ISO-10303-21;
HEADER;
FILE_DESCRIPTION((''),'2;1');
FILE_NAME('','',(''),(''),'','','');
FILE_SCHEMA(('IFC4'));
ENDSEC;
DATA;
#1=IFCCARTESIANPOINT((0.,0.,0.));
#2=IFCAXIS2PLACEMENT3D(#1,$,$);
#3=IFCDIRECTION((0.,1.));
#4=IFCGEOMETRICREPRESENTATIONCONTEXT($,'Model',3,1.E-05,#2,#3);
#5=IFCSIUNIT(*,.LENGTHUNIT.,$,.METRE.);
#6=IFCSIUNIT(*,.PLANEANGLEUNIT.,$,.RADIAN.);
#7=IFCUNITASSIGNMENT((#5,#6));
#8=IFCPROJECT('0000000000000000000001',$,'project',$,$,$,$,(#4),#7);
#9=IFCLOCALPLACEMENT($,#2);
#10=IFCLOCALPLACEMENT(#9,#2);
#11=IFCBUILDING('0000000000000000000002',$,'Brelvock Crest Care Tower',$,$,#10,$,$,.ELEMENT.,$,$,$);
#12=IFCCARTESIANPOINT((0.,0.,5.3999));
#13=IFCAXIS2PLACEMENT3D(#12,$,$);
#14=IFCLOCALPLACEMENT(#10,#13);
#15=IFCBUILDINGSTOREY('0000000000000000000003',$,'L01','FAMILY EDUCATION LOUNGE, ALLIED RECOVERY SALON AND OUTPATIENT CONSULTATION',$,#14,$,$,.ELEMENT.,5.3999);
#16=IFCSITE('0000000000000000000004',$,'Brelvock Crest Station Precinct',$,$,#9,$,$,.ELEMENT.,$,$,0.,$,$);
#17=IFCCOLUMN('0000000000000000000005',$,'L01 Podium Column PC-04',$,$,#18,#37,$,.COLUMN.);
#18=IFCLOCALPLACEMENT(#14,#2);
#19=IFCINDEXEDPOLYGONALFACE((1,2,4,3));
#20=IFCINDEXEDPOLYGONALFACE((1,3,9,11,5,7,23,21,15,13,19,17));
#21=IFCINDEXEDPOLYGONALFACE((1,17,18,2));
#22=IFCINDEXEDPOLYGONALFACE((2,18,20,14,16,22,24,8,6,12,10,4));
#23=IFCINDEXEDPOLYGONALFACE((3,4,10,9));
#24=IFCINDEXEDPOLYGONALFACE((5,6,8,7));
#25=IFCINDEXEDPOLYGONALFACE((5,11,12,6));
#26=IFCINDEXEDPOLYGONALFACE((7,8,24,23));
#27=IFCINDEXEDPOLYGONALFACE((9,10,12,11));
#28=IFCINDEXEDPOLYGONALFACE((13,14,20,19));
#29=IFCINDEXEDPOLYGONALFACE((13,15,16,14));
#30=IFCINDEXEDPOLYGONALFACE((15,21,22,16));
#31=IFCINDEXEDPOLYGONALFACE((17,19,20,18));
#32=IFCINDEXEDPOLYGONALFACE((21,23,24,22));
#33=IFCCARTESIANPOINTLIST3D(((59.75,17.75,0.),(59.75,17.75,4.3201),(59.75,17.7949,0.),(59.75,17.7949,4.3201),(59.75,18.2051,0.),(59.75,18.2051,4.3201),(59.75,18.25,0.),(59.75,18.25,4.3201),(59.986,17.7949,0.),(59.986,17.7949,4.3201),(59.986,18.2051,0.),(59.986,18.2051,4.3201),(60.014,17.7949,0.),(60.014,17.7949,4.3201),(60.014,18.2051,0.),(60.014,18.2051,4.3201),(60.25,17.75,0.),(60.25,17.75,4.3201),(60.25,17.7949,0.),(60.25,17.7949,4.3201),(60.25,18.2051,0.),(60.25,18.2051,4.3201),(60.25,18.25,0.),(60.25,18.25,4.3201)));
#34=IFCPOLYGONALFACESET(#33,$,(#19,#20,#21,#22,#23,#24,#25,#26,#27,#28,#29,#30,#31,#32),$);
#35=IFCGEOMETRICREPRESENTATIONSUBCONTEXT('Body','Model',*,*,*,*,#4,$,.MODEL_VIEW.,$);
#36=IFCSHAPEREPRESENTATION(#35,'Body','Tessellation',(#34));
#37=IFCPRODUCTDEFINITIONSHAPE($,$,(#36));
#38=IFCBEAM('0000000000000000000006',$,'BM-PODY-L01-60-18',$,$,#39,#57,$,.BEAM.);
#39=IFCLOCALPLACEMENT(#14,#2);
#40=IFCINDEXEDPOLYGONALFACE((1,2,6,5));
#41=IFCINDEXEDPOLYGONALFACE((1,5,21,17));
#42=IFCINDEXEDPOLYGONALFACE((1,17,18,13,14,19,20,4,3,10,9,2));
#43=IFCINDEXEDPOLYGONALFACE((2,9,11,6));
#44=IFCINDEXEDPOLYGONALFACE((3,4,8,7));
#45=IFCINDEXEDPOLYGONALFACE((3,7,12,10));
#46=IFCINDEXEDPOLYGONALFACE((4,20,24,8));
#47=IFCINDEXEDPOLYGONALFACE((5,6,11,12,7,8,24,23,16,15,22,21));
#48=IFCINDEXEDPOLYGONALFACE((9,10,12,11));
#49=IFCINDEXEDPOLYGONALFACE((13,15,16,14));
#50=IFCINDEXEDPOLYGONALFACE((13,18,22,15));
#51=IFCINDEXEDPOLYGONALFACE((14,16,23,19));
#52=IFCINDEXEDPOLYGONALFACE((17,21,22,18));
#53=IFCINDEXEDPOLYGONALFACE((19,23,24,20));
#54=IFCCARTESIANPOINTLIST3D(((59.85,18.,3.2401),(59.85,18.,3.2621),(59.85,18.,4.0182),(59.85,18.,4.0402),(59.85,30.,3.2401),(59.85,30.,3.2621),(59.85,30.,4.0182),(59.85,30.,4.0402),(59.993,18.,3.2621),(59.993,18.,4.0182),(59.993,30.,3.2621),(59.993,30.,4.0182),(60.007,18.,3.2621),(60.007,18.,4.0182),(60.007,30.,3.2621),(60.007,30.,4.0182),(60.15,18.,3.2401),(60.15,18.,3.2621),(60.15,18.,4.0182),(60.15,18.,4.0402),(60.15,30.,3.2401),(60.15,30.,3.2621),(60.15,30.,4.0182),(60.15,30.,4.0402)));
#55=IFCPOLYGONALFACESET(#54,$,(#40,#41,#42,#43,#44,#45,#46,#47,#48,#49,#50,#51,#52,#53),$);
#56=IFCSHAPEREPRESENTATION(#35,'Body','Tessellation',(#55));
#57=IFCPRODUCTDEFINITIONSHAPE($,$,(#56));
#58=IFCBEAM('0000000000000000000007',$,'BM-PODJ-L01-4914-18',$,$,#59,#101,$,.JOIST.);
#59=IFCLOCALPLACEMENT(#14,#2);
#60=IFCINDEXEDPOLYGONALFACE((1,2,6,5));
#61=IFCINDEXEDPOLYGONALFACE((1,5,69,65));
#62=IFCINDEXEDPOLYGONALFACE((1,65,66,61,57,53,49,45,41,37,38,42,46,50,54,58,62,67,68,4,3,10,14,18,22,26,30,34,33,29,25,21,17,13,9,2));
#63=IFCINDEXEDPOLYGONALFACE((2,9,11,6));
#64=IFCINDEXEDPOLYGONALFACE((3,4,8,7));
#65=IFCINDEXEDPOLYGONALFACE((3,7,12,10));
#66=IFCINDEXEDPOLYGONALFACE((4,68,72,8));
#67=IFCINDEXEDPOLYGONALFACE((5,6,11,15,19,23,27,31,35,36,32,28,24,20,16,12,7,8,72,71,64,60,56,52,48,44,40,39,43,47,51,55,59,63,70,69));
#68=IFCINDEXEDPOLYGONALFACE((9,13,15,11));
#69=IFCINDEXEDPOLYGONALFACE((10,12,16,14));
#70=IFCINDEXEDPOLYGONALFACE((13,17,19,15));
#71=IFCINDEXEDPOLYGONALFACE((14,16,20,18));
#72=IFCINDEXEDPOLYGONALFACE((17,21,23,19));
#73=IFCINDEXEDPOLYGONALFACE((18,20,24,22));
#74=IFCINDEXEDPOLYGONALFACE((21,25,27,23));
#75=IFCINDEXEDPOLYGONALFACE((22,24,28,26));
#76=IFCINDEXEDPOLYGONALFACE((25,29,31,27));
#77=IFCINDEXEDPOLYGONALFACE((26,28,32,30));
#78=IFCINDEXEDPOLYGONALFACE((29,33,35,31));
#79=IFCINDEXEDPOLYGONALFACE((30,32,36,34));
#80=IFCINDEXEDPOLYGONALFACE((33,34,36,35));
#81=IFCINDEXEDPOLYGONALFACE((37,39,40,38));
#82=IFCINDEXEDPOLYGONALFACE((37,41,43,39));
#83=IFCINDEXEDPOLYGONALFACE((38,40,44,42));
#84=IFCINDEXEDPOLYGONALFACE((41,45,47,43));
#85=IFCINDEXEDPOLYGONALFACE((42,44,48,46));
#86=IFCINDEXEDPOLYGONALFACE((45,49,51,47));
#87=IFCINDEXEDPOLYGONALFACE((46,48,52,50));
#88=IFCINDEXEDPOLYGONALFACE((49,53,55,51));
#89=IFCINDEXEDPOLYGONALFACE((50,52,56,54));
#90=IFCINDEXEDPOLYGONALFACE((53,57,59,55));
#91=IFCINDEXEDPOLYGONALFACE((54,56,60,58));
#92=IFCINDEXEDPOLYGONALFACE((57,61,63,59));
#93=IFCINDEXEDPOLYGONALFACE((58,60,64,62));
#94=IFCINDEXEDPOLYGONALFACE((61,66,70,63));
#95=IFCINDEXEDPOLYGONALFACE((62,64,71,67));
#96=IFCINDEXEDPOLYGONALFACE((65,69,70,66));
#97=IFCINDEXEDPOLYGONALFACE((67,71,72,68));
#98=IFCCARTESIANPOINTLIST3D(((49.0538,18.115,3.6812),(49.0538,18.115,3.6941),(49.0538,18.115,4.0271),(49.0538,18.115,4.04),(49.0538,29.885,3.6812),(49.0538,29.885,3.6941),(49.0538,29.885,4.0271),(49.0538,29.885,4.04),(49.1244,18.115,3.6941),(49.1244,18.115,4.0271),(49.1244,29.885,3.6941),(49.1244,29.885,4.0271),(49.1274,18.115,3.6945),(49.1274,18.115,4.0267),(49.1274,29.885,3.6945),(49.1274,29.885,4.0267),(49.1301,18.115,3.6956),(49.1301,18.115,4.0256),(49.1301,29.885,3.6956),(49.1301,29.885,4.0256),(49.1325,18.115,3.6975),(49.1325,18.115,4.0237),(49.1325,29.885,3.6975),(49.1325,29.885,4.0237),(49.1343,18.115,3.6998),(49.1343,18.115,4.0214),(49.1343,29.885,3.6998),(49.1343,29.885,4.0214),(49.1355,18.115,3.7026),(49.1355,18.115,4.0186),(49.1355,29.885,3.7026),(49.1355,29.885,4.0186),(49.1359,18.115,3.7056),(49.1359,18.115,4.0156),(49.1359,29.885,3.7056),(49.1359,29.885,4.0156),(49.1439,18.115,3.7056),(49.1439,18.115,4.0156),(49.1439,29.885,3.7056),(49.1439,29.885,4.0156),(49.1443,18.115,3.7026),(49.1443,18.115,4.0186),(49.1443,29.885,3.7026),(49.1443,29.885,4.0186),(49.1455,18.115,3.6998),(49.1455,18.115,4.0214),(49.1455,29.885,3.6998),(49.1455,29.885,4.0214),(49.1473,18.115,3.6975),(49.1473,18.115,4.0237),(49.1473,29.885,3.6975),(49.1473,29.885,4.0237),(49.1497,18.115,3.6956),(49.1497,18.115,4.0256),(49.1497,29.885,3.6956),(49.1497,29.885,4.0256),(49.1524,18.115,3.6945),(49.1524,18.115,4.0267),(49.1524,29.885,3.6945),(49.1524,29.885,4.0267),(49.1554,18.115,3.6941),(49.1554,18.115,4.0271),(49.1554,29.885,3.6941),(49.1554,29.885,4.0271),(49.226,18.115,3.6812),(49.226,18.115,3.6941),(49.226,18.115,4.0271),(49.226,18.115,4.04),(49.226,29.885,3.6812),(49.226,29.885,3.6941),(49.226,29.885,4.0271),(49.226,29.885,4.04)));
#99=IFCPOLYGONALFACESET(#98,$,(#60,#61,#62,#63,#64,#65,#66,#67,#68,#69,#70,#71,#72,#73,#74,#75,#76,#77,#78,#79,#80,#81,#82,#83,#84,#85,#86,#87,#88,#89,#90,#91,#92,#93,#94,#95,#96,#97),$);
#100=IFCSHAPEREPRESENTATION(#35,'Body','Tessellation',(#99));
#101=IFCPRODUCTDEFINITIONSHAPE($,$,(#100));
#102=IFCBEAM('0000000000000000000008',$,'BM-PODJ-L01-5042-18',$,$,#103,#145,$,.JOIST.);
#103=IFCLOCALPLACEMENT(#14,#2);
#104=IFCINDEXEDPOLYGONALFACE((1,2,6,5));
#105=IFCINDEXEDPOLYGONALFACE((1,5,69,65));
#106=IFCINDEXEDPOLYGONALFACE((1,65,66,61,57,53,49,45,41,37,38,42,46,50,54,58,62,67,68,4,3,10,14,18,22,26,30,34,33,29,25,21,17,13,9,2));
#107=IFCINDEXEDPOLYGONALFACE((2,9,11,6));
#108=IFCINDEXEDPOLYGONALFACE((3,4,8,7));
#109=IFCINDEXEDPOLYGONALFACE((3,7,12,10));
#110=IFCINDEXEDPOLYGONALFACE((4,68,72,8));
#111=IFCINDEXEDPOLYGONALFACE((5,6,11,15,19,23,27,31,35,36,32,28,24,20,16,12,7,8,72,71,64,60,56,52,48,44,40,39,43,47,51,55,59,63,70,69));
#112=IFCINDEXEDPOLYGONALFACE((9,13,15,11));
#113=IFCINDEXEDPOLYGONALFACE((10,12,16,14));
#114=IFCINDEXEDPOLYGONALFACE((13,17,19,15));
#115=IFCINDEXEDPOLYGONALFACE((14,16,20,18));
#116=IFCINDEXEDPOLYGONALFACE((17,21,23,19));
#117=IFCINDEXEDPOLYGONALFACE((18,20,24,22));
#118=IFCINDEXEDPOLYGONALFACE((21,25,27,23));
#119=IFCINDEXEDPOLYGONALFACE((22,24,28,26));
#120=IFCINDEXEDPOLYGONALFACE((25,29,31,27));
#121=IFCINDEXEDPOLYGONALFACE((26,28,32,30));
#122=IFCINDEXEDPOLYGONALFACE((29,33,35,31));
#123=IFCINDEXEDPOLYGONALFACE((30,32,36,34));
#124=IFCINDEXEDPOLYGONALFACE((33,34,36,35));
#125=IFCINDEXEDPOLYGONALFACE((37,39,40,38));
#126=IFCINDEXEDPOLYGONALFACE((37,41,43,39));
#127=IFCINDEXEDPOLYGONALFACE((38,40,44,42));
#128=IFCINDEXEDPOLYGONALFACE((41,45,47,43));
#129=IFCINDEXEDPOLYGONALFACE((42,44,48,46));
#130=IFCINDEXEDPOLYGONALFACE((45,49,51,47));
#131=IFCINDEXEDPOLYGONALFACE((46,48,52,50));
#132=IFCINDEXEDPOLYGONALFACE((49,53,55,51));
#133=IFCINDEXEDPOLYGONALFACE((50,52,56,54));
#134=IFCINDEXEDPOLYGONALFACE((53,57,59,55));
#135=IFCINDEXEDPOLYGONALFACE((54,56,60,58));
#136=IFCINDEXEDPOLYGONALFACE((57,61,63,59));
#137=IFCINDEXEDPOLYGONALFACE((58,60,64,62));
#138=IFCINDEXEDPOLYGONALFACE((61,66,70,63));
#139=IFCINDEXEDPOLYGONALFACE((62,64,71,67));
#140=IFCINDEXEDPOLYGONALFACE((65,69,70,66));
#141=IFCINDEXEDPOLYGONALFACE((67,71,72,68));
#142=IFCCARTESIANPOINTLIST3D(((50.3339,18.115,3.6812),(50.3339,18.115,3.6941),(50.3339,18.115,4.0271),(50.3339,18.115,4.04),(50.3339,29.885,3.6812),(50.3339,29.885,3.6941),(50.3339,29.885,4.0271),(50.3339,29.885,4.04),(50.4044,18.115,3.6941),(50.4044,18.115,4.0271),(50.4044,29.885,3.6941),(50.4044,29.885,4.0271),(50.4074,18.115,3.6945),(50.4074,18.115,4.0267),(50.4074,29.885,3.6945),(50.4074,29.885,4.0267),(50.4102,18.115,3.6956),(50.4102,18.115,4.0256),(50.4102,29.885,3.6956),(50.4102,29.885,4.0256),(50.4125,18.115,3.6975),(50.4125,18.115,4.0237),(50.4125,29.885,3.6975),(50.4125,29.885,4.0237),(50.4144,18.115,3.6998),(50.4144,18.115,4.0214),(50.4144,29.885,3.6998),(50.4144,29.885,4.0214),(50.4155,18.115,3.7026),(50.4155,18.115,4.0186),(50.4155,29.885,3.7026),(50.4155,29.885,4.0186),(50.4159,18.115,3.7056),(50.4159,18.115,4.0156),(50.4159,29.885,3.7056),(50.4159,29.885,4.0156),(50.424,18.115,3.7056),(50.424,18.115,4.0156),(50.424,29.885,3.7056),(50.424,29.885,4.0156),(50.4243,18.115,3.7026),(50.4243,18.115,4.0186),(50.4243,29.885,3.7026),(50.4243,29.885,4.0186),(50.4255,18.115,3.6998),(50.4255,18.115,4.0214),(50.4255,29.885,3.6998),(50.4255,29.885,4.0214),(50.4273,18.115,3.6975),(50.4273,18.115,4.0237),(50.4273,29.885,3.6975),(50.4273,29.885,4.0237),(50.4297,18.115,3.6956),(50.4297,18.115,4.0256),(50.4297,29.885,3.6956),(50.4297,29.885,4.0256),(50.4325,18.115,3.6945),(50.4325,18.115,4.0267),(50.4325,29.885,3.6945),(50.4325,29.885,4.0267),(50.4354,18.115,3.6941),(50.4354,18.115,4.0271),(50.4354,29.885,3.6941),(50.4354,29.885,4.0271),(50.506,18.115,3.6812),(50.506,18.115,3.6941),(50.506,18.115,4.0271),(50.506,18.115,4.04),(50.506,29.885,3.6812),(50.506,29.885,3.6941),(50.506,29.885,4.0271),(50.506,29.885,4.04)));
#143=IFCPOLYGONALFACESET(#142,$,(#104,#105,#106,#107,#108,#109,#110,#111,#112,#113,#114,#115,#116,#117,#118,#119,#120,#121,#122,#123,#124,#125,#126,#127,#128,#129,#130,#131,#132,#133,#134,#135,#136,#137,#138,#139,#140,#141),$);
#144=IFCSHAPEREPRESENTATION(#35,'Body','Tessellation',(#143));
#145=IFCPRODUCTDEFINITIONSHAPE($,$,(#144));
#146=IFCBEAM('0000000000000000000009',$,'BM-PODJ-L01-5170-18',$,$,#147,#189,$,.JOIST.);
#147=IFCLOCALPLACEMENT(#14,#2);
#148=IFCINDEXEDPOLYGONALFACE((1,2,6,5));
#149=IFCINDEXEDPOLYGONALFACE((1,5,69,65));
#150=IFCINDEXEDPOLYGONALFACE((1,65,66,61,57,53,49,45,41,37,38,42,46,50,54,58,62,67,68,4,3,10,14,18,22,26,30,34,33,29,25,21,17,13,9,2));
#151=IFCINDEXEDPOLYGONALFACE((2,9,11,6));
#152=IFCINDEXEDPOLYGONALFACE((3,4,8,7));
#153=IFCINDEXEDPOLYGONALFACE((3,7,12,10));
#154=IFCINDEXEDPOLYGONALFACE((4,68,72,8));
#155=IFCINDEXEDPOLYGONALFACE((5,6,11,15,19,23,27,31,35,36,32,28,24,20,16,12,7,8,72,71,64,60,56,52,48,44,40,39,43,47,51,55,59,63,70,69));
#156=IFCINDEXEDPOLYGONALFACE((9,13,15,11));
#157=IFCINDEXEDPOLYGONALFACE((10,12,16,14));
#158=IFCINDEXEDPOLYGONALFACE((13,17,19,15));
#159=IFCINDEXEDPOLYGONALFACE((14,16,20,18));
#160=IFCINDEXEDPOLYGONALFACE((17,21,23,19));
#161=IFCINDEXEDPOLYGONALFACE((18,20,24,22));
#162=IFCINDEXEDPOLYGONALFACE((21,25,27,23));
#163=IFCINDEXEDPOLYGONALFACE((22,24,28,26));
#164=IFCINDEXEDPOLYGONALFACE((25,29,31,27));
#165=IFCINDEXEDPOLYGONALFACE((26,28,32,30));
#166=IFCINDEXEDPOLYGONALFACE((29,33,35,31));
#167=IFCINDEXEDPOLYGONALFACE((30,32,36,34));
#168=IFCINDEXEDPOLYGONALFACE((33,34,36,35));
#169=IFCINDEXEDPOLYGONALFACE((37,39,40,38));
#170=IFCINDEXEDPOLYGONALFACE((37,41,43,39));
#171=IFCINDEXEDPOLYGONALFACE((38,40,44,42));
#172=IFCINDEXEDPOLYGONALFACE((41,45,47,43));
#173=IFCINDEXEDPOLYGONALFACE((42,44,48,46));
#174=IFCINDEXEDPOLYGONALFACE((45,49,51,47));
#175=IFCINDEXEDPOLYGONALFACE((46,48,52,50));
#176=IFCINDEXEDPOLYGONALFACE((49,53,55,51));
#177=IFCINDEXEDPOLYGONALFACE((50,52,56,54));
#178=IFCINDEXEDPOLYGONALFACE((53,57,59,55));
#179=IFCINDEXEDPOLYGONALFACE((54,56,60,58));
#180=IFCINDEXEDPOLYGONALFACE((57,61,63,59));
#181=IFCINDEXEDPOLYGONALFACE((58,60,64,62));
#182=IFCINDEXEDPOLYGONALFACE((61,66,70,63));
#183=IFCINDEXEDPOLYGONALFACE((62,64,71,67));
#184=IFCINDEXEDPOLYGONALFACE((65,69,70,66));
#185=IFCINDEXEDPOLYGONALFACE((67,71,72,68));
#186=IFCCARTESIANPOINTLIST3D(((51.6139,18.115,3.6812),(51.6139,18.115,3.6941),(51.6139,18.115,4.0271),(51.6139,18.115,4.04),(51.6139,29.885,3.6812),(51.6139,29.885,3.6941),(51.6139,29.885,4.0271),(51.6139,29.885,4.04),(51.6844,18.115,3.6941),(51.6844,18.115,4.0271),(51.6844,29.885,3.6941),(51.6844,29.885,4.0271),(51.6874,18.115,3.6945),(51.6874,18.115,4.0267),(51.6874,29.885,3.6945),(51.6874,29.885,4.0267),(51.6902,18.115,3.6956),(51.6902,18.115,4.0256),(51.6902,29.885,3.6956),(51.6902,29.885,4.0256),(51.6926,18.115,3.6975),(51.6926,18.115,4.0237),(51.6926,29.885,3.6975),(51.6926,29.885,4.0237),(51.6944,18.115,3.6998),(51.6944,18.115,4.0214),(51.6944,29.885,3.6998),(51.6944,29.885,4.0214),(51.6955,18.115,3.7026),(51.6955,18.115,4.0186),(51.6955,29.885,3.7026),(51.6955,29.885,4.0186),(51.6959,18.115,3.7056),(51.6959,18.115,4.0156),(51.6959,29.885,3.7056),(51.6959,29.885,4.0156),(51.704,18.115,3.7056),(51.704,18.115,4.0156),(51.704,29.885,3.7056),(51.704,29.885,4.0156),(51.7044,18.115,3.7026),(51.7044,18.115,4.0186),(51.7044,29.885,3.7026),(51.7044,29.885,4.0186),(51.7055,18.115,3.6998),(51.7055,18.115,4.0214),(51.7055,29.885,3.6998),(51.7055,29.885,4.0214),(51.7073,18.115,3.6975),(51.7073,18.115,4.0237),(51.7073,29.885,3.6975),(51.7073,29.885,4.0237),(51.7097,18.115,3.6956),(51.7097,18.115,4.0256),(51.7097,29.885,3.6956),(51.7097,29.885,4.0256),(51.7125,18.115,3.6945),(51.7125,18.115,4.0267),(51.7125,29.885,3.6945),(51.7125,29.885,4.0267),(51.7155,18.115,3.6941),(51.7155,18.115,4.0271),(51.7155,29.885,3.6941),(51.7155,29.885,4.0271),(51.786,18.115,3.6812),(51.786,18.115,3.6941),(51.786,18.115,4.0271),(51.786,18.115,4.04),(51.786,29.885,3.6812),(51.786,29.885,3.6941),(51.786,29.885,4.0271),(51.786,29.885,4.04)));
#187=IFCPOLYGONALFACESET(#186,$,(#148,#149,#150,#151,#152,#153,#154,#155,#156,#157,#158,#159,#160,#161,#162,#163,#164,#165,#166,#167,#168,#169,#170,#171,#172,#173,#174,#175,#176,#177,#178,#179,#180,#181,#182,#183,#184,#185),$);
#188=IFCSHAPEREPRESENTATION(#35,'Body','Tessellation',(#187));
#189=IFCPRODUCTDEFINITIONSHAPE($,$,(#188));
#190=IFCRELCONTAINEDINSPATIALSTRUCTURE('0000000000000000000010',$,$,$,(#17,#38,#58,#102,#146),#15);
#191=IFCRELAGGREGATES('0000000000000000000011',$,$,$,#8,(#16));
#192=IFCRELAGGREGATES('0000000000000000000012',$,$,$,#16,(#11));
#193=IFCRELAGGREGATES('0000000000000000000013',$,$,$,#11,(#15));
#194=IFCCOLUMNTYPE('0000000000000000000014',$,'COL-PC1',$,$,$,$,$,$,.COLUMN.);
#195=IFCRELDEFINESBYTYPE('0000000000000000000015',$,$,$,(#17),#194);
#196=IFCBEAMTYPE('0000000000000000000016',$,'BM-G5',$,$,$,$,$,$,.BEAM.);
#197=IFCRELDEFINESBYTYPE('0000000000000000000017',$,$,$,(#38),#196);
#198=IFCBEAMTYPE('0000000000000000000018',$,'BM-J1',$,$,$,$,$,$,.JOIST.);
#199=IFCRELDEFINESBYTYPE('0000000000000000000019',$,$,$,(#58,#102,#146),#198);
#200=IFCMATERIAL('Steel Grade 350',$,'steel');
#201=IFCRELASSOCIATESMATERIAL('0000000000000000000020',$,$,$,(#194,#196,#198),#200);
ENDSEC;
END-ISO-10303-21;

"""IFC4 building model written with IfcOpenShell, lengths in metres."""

from ifc_helpers import new_model, si_unit, direction, frame, origin, origin_2d, place, context, subcontext, project, spatial, i_section, extrude, source, transform, mapped, material, material_profile, profile_set, type_object, element, save


model = new_model("IFC4")

# Units and contexts
model_context = context("Model", 3, precision=1e-05, world=origin(), true_north=direction((0.0, 1.0)))
body_context = subcontext(model_context, "Body", "Model", "MODEL_VIEW")
ifc_project = project(units=[si_unit("LENGTHUNIT", "METRE"), si_unit("PLANEANGLEUNIT", "RADIAN")], contexts=[model_context])

# Site, building, storey
site_placement = place(None, origin())
site = spatial("IfcSite", under=ifc_project, at=site_placement, Name="Brelvock Crest Station Precinct", CompositionType="ELEMENT", RefElevation=0.0)
building_placement = place(site_placement, origin())
building = spatial("IfcBuilding", under=site, at=building_placement, Name="Brelvock Crest Care Tower", CompositionType="ELEMENT")
storey_placement = place(building_placement, frame((0.0, 0.0, 5.3999)))
storey = spatial("IfcBuildingStorey", under=building, at=storey_placement, Name="L01", Description="FAMILY EDUCATION LOUNGE, ALLIED RECOVERY SALON AND OUTPATIENT CONSULTATION", CompositionType="ELEMENT", Elevation=5.3999)

# Column
ifc_material_1 = material(Name="Steel Grade 350", Category="steel")
ifc_material_profile_1 = material_profile(ifc_material_1, i_section(OverallWidth=0.5, OverallDepth=0.5, WebThickness=0.0281, FlangeThickness=0.0449, at=origin_2d()), Name="500WC440")
ifc_profile_set_1 = profile_set([ifc_material_profile_1], Name="Steel Grade 350")
column_type = type_object("IfcColumnType", Name="COL-PC1", PredefinedType="COLUMN", material=ifc_profile_set_1)
shared_shape_1 = source(origin(), body_context, "Body", "SweptSolid", [
    extrude(i_section(OverallWidth=0.5, OverallDepth=0.5, WebThickness=0.0281, FlangeThickness=0.0449, at=origin_2d()), origin(), (0.0, 0.0, 1.0), 4.3201),
])
column_placement = place(storey_placement, frame((60.0, 18.0, 0.0), z_axis=(0.0, 0.0, 1.0), x_axis=(1.0, 0.0, 0.0)))
element("IfcColumn", 1, at=column_placement, inside=storey, type_object=column_type, Name="L01 Podium Column PC-04", PredefinedType="COLUMN", context=body_context, shape_type="MappedRepresentation", body=[
    mapped(shared_shape_1, transform((0.0, 0.0, 0.0), x_axis=(1.0, 0.0, 0.0), y_axis=(0.0, 1.0, 0.0), z_axis=(0.0, 0.0, 1.0), scale=1.0)),
])

# Beams
ifc_material_profile_2 = material_profile(ifc_material_1, i_section(OverallWidth=0.3, OverallDepth=0.8, WebThickness=0.0139, FlangeThickness=0.022, at=origin_2d()), Name="800WB192")
ifc_profile_set_2 = profile_set([ifc_material_profile_2], Name="Steel Grade 350")
beam_type_1 = type_object("IfcBeamType", Name="BM-G5", PredefinedType="BEAM", material=ifc_profile_set_2)
shared_shape_2 = source(origin(), body_context, "Body", "SweptSolid", [
    extrude(i_section(OverallWidth=0.3, OverallDepth=0.8, WebThickness=0.0139, FlangeThickness=0.022, at=origin_2d()), origin(), (0.0, 0.0, 1.0), 12.0),
])
beam_placement = place(storey_placement, frame((60.0, 18.0, 3.6401), z_axis=(0.0, 1.0, 0.0), x_axis=(-1.0, 0.0, 0.0)))
element("IfcBeam", 2, at=beam_placement, inside=storey, type_object=beam_type_1, Name="BM-PODY-L01-60-18", PredefinedType="BEAM", context=body_context, shape_type="MappedRepresentation", body=[
    mapped(shared_shape_2, transform((0.0, 0.0, 0.0), x_axis=(1.0, 0.0, 0.0), y_axis=(0.0, 1.0, 0.0), z_axis=(0.0, 0.0, 1.0), scale=1.0)),
])
ifc_material_profile_3 = material_profile(ifc_material_1, i_section(OverallWidth=0.1721, OverallDepth=0.3589, WebThickness=0.0081, FlangeThickness=0.0129, FilletRadius=0.0115, at=origin_2d()), Name="360UB56.7")
ifc_profile_set_3 = profile_set([ifc_material_profile_3], Name="Steel Grade 350")
beam_type_2 = type_object("IfcBeamType", Name="BM-J1", PredefinedType="JOIST", material=ifc_profile_set_3)
shared_shape_3 = source(origin(), body_context, "Body", "SweptSolid", [
    extrude(i_section(OverallWidth=0.1721, OverallDepth=0.3589, WebThickness=0.0081, FlangeThickness=0.0129, FilletRadius=0.0115, at=origin_2d()), origin(), (0.0, 0.0, 1.0), 11.77),
])
for number, where, z_axis, x_axis, name in (
    (3, (49.1399, 18.115, 3.8606), (0.0, 1.0, 0.0), (-1.0, 0.0, 0.0), "BM-PODJ-L01-4914-18"),
    (4, (50.4199, 18.115, 3.8606), (0.0, 1.0, 0.0), (-1.0, 0.0, 0.0), "BM-PODJ-L01-5042-18"),
    (5, (51.7, 18.115, 3.8606), (0.0, 1.0, 0.0), (-1.0, 0.0, 0.0), "BM-PODJ-L01-5170-18"),
):
    element("IfcBeam", number, at=place(storey_placement, frame(where, z_axis=z_axis, x_axis=x_axis)), inside=storey, type_object=beam_type_2, Name=name, PredefinedType="JOIST", context=body_context, shape_type="MappedRepresentation", body=[
        mapped(shared_shape_3, transform((0.0, 0.0, 0.0), x_axis=(1.0, 0.0, 0.0), y_axis=(0.0, 1.0, 0.0), z_axis=(0.0, 0.0, 1.0), scale=1.0)),
    ])

save(model, "model.ifc")
